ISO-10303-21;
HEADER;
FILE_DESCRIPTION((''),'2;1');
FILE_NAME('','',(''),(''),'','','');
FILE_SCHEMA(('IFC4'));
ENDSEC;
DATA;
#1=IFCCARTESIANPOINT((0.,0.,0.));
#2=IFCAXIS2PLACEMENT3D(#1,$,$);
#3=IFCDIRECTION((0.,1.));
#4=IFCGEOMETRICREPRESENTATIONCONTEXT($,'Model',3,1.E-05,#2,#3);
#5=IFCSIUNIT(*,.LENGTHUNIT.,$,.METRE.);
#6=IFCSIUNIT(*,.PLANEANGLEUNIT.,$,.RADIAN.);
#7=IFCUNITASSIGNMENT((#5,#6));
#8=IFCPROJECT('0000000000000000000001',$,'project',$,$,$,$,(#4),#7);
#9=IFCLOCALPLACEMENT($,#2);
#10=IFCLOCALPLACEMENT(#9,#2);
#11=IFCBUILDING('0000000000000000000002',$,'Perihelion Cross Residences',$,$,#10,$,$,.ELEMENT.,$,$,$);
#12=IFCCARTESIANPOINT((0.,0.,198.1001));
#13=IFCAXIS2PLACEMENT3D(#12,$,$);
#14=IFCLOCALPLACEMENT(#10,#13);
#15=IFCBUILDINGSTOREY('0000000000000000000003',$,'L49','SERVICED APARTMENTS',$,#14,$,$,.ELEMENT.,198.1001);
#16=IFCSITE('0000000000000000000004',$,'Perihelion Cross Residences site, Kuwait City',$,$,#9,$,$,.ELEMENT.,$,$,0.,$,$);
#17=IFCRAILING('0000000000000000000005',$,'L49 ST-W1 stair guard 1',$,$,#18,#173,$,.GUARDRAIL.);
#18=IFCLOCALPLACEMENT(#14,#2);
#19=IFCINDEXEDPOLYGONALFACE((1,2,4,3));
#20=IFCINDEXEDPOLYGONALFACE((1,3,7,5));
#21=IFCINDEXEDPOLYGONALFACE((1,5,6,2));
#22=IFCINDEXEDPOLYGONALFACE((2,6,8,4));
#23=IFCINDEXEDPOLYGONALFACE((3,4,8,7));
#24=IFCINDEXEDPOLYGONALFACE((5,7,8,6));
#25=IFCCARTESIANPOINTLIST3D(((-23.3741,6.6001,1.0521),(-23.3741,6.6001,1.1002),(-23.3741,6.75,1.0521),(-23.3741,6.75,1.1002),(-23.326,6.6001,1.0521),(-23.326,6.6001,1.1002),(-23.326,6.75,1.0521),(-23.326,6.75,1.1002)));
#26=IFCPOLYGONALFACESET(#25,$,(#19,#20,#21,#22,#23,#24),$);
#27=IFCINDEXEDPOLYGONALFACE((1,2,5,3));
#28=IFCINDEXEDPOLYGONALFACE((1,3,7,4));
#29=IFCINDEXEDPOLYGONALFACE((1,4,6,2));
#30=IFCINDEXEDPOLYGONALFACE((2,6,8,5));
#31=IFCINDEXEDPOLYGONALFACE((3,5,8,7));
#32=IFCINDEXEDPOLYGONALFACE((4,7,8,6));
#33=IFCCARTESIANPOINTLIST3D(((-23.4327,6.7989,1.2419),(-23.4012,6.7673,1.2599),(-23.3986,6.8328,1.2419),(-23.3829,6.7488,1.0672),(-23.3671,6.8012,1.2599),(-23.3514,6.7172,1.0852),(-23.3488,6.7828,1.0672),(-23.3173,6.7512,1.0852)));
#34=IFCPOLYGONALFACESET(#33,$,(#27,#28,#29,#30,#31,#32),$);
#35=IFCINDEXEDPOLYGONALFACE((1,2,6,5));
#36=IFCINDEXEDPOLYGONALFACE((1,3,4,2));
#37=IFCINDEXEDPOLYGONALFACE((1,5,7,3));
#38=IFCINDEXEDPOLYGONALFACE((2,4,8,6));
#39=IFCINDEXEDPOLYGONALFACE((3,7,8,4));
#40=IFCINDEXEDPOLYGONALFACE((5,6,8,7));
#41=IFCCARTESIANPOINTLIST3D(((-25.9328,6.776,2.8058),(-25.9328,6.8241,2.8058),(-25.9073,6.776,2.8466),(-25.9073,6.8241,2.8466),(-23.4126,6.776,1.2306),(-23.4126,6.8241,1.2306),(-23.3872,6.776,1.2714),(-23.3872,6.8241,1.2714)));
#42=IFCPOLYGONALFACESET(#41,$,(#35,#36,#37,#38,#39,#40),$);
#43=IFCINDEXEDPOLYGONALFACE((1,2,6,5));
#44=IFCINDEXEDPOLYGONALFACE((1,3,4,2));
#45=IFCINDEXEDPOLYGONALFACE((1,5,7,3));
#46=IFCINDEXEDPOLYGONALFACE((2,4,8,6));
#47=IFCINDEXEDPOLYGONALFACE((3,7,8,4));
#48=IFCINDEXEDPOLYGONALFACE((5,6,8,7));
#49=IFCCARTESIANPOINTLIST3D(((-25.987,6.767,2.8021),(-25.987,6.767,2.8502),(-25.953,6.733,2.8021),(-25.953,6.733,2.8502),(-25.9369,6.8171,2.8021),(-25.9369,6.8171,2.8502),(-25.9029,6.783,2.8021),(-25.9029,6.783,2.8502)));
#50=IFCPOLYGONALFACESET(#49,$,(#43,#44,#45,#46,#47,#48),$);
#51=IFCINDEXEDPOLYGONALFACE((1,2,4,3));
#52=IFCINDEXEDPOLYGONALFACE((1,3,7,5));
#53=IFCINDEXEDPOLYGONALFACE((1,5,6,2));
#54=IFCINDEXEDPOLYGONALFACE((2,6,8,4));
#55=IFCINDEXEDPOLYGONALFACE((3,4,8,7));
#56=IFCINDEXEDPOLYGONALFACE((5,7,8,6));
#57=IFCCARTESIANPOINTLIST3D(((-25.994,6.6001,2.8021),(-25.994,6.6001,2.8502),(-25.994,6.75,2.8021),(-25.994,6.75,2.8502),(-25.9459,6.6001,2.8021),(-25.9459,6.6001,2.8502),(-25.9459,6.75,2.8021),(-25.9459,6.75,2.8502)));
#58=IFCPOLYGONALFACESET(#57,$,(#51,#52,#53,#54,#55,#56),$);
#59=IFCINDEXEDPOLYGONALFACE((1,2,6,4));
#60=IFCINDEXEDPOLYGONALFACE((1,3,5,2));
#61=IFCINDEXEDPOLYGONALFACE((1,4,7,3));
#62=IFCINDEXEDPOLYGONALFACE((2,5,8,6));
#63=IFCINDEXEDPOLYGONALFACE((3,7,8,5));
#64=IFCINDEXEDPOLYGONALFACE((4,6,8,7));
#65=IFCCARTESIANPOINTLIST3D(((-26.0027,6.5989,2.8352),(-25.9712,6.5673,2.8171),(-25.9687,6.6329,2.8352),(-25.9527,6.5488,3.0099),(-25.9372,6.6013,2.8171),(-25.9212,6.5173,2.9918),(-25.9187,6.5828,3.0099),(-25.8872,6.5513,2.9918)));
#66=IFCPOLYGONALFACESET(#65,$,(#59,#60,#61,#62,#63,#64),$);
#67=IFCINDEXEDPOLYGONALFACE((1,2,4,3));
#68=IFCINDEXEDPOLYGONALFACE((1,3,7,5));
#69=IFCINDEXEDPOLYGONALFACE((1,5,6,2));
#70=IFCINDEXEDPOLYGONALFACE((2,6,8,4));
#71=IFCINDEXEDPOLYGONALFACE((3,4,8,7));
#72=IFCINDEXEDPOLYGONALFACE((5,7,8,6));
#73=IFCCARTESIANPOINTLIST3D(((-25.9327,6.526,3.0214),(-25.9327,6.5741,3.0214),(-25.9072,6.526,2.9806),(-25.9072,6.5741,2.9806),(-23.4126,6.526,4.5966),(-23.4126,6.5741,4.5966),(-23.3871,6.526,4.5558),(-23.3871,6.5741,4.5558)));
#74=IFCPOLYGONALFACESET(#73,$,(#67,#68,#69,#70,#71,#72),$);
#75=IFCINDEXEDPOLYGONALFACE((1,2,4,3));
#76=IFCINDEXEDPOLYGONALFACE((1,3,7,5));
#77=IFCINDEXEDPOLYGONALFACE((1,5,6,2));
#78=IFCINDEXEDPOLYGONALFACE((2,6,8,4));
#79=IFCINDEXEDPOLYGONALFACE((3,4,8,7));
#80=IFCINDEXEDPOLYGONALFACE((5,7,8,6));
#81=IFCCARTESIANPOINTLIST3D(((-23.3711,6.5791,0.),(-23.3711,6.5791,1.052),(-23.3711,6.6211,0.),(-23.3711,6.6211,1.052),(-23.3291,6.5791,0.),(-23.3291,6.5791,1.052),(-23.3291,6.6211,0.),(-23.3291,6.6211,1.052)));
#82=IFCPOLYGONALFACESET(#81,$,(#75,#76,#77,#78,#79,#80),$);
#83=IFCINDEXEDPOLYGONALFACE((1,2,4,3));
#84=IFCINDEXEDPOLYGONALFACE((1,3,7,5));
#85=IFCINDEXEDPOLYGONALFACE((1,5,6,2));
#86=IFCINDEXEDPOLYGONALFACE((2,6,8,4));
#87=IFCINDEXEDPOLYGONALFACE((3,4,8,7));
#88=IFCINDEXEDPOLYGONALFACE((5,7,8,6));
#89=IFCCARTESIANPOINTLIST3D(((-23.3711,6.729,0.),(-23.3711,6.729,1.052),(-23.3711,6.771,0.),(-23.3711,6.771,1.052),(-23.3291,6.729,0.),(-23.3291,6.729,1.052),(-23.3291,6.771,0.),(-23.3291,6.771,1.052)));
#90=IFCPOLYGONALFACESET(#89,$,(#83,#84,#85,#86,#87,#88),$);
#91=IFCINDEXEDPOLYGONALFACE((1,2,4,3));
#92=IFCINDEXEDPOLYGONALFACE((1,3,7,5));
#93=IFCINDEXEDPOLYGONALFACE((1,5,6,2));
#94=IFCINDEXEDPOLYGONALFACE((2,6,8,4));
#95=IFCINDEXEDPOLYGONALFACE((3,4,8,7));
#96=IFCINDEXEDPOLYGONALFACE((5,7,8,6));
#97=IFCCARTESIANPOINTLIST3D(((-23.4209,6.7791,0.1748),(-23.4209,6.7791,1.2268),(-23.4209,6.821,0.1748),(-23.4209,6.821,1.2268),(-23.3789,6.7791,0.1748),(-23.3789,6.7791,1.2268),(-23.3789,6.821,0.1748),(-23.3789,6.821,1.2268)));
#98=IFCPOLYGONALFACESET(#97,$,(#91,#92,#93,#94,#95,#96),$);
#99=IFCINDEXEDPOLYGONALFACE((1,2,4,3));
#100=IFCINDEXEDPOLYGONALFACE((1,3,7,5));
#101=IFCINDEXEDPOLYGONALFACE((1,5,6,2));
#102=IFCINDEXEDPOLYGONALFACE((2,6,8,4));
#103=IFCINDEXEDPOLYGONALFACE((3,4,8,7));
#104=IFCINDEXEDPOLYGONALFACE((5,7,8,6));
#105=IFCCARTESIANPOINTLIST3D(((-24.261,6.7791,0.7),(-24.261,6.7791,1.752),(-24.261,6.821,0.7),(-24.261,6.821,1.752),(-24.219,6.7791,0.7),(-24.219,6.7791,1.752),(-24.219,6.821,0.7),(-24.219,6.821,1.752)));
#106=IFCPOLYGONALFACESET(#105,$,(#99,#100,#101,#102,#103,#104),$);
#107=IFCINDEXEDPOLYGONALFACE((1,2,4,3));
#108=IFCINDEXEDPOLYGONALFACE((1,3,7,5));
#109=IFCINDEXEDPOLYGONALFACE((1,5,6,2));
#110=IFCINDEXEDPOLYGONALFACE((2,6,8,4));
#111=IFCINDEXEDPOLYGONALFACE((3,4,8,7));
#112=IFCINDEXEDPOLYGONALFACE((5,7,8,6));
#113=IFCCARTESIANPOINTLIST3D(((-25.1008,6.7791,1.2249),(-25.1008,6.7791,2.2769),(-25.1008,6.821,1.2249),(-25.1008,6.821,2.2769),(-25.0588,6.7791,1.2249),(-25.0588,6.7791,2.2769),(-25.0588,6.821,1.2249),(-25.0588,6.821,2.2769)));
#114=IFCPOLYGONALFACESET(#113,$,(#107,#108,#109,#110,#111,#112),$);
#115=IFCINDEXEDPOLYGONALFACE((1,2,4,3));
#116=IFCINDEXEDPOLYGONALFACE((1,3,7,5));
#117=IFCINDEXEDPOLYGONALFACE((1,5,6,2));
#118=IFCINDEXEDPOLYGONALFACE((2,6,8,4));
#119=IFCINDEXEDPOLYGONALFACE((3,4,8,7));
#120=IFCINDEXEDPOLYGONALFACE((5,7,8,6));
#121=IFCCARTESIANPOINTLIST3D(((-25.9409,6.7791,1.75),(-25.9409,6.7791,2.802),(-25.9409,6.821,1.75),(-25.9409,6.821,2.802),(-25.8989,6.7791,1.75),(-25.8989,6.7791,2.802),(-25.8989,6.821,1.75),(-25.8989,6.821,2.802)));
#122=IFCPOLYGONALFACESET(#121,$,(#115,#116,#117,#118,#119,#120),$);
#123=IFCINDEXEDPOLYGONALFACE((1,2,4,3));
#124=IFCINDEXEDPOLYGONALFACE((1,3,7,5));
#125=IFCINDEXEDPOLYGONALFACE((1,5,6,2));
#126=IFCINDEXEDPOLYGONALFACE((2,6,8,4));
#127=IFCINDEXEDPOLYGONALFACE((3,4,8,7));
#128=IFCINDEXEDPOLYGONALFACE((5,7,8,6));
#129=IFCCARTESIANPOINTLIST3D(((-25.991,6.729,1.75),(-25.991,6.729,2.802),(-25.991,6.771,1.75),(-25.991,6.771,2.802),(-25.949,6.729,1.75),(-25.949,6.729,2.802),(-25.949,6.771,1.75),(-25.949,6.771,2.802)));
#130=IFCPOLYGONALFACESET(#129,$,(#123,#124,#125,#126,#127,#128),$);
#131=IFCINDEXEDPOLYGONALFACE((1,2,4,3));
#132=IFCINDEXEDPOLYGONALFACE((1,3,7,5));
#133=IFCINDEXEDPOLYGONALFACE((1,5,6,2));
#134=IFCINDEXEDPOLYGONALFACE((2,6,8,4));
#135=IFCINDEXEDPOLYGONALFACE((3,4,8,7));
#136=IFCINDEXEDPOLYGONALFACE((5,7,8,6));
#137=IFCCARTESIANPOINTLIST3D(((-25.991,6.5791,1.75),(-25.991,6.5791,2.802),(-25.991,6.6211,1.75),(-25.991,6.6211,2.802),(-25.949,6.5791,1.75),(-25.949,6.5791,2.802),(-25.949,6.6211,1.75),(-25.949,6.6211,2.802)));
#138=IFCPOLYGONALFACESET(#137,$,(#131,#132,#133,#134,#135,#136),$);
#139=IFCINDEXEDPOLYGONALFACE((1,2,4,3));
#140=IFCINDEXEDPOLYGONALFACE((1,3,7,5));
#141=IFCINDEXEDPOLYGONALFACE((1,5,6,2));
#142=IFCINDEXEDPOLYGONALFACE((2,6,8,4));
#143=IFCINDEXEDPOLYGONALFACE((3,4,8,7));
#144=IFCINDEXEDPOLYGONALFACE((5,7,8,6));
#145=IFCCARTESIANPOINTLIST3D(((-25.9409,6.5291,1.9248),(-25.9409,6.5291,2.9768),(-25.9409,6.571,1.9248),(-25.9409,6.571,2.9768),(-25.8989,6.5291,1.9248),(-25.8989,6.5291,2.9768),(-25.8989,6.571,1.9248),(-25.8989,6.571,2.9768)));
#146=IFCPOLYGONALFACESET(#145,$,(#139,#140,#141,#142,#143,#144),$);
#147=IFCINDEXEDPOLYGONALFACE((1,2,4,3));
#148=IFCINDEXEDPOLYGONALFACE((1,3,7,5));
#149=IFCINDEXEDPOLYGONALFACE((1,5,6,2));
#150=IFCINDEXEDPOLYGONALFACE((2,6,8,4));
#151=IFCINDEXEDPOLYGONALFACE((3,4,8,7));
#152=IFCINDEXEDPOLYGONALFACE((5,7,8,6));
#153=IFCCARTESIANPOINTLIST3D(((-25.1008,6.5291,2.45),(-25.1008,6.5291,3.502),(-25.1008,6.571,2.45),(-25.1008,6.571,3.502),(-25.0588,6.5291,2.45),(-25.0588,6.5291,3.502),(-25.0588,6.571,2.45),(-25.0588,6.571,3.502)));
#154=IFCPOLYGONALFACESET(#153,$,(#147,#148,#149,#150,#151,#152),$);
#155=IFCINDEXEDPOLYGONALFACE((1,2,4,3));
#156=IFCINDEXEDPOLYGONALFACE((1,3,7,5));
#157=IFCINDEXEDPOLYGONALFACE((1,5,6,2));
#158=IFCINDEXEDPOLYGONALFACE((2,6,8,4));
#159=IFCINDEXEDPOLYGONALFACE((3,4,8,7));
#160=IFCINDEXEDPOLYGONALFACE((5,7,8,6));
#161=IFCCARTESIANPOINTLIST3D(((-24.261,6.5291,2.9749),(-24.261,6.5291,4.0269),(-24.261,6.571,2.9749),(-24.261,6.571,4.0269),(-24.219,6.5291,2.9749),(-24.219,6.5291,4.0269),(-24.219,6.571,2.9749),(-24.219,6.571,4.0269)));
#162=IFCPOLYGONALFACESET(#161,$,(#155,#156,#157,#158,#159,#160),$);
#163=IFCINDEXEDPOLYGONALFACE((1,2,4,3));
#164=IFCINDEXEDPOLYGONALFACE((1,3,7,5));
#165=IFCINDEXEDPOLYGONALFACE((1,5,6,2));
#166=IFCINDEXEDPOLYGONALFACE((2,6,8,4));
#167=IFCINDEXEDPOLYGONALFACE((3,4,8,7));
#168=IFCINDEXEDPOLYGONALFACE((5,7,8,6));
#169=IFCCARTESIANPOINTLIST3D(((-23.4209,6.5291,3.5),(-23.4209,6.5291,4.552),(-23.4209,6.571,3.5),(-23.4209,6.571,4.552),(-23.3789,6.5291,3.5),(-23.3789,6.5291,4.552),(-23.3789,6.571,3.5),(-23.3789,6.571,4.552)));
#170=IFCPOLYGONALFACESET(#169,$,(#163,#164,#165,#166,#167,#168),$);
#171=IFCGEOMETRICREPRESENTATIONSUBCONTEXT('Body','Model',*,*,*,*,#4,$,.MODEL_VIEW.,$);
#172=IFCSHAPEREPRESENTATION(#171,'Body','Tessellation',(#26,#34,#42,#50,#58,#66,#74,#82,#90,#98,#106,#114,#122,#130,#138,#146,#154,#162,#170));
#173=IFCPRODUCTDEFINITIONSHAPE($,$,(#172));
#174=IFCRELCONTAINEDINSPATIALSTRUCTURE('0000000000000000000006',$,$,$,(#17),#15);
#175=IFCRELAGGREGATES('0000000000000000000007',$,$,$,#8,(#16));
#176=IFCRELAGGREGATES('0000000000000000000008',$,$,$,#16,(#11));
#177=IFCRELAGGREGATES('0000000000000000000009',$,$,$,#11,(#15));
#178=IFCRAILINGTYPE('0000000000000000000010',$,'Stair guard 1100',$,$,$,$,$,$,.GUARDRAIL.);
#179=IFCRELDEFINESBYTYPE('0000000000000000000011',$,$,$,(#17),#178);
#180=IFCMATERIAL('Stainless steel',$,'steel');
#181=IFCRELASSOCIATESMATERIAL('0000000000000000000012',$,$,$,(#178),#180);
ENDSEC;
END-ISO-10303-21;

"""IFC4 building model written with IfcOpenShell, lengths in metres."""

from ifc_helpers import new_model, si_unit, direction, frame, origin, origin_2d, place, context, subcontext, project, spatial, rectangle, extrude, material, type_object, element, save


model = new_model("IFC4")

# Units and contexts
model_context = context("Model", 3, precision=1e-05, world=origin(), true_north=direction((0.0, 1.0)))
body_context = subcontext(model_context, "Body", "Model", "MODEL_VIEW")
ifc_project = project(units=[si_unit("LENGTHUNIT", "METRE"), si_unit("PLANEANGLEUNIT", "RADIAN")], contexts=[model_context])

# Site, building, storey
site_placement = place(None, origin())
site = spatial("IfcSite", under=ifc_project, at=site_placement, Name="Perihelion Cross Residences site, Kuwait City", CompositionType="ELEMENT", RefElevation=0.0)
building_placement = place(site_placement, origin())
building = spatial("IfcBuilding", under=site, at=building_placement, Name="Perihelion Cross Residences", CompositionType="ELEMENT")
storey_placement = place(building_placement, frame((0.0, 0.0, 198.1001)))
storey = spatial("IfcBuildingStorey", under=building, at=storey_placement, Name="L49", Description="SERVICED APARTMENTS", CompositionType="ELEMENT", Elevation=198.1001)

# Railing
ifc_material_1 = material(Name="Stainless steel", Category="steel")
railing_type_1 = type_object("IfcRailingType", Name="Stair guard 1100", PredefinedType="GUARDRAIL", material=ifc_material_1)
railing_1_placement = place(storey_placement, frame((-23.3501, 6.6001, 0.0)))
element("IfcRailing", 1, at=railing_1_placement, inside=storey, type_object=railing_type_1, Name="L49 ST-W1 stair guard 1", PredefinedType="GUARDRAIL", context=body_context, shape_type="SweptSolid", body=[
    extrude(rectangle(XDim=0.0481, YDim=0.0481, at=origin_2d()), frame((0.0, 0.0, 1.0762), z_axis=(0.0, 1.0, 0.0), x_axis=(-1.0, 0.0, 0.0)), (0.0, 0.0, 1.0), 0.1499),
    extrude(rectangle(XDim=0.0481, YDim=0.0481, at=origin_2d()), frame((0.0, 0.1499, 1.0762), z_axis=(-0.264179, 0.265474, 0.927218), x_axis=(-0.708834, -0.705376, 0.0)), (0.0, 0.0, 1.0), 0.1885),
    extrude(rectangle(XDim=0.0481, YDim=0.0481, at=origin_2d()), frame((-0.0498, 0.2, 1.251), z_axis=(-0.847971, 0.0, 0.530043), x_axis=(0.0, -1.0, 0.0)), (0.0, 0.0, 1.0), 2.9719),
    extrude(rectangle(XDim=0.0481, YDim=0.0481, at=origin_2d()), frame((-2.5698, 0.2, 2.8262), z_axis=(-0.707107, -0.707107, 0.0), x_axis=(0.707107, -0.707107, 0.0)), (0.0, 0.0, 1.0), 0.0708),
    extrude(rectangle(XDim=0.0481, YDim=0.0481, at=origin_2d()), frame((-2.6199, 0.1499, 2.8262), z_axis=(0.0, -1.0, 0.0), x_axis=(1.0, 0.0, 0.0)), (0.0, 0.0, 1.0), 0.1499),
    extrude(rectangle(XDim=0.0481, YDim=0.0481, at=origin_2d()), frame((-2.6199, 0.0, 2.8262), z_axis=(0.265383, -0.265383, 0.9269), x_axis=(0.707107, 0.707107, 0.0)), (0.0, 0.0, 1.0), 0.1885),
    extrude(rectangle(XDim=0.0481, YDim=0.0481, at=origin_2d()), frame((-2.5698, -0.05, 3.001), z_axis=(0.847971, 0.0, 0.530043), x_axis=(0.0, 1.0, 0.0)), (0.0, 0.0, 1.0), 2.9719),
    extrude(rectangle(XDim=0.042, YDim=0.042, at=origin_2d()), origin(), (0.0, 0.0, 1.0), 1.052),
    extrude(rectangle(XDim=0.042, YDim=0.042, at=origin_2d()), frame((0.0, 0.1499, 0.0)), (0.0, 0.0, 1.0), 1.052),
    extrude(rectangle(XDim=0.042, YDim=0.042, at=origin_2d()), frame((-0.0498, 0.2, 0.1748)), (0.0, 0.0, 1.0), 1.052),
    extrude(rectangle(XDim=0.042, YDim=0.042, at=origin_2d()), frame((-0.8899, 0.2, 0.7)), (0.0, 0.0, 1.0), 1.052),
    extrude(rectangle(XDim=0.042, YDim=0.042, at=origin_2d()), frame((-1.7297, 0.2, 1.2249)), (0.0, 0.0, 1.0), 1.052),
    extrude(rectangle(XDim=0.042, YDim=0.042, at=origin_2d()), frame((-2.5698, 0.2, 1.75)), (0.0, 0.0, 1.0), 1.052),
    extrude(rectangle(XDim=0.042, YDim=0.042, at=origin_2d()), frame((-2.6199, 0.1499, 1.75)), (0.0, 0.0, 1.0), 1.052),
    extrude(rectangle(XDim=0.042, YDim=0.042, at=origin_2d()), frame((-2.6199, 0.0, 1.75)), (0.0, 0.0, 1.0), 1.052),
    extrude(rectangle(XDim=0.042, YDim=0.042, at=origin_2d()), frame((-2.5698, -0.05, 1.9248)), (0.0, 0.0, 1.0), 1.052),
    extrude(rectangle(XDim=0.042, YDim=0.042, at=origin_2d()), frame((-1.7297, -0.05, 2.45)), (0.0, 0.0, 1.0), 1.052),
    extrude(rectangle(XDim=0.042, YDim=0.042, at=origin_2d()), frame((-0.8899, -0.05, 2.9749)), (0.0, 0.0, 1.0), 1.052),
    extrude(rectangle(XDim=0.042, YDim=0.042, at=origin_2d()), frame((-0.0498, -0.05, 3.5)), (0.0, 0.0, 1.0), 1.052),
])

save(model, "model.ifc")
